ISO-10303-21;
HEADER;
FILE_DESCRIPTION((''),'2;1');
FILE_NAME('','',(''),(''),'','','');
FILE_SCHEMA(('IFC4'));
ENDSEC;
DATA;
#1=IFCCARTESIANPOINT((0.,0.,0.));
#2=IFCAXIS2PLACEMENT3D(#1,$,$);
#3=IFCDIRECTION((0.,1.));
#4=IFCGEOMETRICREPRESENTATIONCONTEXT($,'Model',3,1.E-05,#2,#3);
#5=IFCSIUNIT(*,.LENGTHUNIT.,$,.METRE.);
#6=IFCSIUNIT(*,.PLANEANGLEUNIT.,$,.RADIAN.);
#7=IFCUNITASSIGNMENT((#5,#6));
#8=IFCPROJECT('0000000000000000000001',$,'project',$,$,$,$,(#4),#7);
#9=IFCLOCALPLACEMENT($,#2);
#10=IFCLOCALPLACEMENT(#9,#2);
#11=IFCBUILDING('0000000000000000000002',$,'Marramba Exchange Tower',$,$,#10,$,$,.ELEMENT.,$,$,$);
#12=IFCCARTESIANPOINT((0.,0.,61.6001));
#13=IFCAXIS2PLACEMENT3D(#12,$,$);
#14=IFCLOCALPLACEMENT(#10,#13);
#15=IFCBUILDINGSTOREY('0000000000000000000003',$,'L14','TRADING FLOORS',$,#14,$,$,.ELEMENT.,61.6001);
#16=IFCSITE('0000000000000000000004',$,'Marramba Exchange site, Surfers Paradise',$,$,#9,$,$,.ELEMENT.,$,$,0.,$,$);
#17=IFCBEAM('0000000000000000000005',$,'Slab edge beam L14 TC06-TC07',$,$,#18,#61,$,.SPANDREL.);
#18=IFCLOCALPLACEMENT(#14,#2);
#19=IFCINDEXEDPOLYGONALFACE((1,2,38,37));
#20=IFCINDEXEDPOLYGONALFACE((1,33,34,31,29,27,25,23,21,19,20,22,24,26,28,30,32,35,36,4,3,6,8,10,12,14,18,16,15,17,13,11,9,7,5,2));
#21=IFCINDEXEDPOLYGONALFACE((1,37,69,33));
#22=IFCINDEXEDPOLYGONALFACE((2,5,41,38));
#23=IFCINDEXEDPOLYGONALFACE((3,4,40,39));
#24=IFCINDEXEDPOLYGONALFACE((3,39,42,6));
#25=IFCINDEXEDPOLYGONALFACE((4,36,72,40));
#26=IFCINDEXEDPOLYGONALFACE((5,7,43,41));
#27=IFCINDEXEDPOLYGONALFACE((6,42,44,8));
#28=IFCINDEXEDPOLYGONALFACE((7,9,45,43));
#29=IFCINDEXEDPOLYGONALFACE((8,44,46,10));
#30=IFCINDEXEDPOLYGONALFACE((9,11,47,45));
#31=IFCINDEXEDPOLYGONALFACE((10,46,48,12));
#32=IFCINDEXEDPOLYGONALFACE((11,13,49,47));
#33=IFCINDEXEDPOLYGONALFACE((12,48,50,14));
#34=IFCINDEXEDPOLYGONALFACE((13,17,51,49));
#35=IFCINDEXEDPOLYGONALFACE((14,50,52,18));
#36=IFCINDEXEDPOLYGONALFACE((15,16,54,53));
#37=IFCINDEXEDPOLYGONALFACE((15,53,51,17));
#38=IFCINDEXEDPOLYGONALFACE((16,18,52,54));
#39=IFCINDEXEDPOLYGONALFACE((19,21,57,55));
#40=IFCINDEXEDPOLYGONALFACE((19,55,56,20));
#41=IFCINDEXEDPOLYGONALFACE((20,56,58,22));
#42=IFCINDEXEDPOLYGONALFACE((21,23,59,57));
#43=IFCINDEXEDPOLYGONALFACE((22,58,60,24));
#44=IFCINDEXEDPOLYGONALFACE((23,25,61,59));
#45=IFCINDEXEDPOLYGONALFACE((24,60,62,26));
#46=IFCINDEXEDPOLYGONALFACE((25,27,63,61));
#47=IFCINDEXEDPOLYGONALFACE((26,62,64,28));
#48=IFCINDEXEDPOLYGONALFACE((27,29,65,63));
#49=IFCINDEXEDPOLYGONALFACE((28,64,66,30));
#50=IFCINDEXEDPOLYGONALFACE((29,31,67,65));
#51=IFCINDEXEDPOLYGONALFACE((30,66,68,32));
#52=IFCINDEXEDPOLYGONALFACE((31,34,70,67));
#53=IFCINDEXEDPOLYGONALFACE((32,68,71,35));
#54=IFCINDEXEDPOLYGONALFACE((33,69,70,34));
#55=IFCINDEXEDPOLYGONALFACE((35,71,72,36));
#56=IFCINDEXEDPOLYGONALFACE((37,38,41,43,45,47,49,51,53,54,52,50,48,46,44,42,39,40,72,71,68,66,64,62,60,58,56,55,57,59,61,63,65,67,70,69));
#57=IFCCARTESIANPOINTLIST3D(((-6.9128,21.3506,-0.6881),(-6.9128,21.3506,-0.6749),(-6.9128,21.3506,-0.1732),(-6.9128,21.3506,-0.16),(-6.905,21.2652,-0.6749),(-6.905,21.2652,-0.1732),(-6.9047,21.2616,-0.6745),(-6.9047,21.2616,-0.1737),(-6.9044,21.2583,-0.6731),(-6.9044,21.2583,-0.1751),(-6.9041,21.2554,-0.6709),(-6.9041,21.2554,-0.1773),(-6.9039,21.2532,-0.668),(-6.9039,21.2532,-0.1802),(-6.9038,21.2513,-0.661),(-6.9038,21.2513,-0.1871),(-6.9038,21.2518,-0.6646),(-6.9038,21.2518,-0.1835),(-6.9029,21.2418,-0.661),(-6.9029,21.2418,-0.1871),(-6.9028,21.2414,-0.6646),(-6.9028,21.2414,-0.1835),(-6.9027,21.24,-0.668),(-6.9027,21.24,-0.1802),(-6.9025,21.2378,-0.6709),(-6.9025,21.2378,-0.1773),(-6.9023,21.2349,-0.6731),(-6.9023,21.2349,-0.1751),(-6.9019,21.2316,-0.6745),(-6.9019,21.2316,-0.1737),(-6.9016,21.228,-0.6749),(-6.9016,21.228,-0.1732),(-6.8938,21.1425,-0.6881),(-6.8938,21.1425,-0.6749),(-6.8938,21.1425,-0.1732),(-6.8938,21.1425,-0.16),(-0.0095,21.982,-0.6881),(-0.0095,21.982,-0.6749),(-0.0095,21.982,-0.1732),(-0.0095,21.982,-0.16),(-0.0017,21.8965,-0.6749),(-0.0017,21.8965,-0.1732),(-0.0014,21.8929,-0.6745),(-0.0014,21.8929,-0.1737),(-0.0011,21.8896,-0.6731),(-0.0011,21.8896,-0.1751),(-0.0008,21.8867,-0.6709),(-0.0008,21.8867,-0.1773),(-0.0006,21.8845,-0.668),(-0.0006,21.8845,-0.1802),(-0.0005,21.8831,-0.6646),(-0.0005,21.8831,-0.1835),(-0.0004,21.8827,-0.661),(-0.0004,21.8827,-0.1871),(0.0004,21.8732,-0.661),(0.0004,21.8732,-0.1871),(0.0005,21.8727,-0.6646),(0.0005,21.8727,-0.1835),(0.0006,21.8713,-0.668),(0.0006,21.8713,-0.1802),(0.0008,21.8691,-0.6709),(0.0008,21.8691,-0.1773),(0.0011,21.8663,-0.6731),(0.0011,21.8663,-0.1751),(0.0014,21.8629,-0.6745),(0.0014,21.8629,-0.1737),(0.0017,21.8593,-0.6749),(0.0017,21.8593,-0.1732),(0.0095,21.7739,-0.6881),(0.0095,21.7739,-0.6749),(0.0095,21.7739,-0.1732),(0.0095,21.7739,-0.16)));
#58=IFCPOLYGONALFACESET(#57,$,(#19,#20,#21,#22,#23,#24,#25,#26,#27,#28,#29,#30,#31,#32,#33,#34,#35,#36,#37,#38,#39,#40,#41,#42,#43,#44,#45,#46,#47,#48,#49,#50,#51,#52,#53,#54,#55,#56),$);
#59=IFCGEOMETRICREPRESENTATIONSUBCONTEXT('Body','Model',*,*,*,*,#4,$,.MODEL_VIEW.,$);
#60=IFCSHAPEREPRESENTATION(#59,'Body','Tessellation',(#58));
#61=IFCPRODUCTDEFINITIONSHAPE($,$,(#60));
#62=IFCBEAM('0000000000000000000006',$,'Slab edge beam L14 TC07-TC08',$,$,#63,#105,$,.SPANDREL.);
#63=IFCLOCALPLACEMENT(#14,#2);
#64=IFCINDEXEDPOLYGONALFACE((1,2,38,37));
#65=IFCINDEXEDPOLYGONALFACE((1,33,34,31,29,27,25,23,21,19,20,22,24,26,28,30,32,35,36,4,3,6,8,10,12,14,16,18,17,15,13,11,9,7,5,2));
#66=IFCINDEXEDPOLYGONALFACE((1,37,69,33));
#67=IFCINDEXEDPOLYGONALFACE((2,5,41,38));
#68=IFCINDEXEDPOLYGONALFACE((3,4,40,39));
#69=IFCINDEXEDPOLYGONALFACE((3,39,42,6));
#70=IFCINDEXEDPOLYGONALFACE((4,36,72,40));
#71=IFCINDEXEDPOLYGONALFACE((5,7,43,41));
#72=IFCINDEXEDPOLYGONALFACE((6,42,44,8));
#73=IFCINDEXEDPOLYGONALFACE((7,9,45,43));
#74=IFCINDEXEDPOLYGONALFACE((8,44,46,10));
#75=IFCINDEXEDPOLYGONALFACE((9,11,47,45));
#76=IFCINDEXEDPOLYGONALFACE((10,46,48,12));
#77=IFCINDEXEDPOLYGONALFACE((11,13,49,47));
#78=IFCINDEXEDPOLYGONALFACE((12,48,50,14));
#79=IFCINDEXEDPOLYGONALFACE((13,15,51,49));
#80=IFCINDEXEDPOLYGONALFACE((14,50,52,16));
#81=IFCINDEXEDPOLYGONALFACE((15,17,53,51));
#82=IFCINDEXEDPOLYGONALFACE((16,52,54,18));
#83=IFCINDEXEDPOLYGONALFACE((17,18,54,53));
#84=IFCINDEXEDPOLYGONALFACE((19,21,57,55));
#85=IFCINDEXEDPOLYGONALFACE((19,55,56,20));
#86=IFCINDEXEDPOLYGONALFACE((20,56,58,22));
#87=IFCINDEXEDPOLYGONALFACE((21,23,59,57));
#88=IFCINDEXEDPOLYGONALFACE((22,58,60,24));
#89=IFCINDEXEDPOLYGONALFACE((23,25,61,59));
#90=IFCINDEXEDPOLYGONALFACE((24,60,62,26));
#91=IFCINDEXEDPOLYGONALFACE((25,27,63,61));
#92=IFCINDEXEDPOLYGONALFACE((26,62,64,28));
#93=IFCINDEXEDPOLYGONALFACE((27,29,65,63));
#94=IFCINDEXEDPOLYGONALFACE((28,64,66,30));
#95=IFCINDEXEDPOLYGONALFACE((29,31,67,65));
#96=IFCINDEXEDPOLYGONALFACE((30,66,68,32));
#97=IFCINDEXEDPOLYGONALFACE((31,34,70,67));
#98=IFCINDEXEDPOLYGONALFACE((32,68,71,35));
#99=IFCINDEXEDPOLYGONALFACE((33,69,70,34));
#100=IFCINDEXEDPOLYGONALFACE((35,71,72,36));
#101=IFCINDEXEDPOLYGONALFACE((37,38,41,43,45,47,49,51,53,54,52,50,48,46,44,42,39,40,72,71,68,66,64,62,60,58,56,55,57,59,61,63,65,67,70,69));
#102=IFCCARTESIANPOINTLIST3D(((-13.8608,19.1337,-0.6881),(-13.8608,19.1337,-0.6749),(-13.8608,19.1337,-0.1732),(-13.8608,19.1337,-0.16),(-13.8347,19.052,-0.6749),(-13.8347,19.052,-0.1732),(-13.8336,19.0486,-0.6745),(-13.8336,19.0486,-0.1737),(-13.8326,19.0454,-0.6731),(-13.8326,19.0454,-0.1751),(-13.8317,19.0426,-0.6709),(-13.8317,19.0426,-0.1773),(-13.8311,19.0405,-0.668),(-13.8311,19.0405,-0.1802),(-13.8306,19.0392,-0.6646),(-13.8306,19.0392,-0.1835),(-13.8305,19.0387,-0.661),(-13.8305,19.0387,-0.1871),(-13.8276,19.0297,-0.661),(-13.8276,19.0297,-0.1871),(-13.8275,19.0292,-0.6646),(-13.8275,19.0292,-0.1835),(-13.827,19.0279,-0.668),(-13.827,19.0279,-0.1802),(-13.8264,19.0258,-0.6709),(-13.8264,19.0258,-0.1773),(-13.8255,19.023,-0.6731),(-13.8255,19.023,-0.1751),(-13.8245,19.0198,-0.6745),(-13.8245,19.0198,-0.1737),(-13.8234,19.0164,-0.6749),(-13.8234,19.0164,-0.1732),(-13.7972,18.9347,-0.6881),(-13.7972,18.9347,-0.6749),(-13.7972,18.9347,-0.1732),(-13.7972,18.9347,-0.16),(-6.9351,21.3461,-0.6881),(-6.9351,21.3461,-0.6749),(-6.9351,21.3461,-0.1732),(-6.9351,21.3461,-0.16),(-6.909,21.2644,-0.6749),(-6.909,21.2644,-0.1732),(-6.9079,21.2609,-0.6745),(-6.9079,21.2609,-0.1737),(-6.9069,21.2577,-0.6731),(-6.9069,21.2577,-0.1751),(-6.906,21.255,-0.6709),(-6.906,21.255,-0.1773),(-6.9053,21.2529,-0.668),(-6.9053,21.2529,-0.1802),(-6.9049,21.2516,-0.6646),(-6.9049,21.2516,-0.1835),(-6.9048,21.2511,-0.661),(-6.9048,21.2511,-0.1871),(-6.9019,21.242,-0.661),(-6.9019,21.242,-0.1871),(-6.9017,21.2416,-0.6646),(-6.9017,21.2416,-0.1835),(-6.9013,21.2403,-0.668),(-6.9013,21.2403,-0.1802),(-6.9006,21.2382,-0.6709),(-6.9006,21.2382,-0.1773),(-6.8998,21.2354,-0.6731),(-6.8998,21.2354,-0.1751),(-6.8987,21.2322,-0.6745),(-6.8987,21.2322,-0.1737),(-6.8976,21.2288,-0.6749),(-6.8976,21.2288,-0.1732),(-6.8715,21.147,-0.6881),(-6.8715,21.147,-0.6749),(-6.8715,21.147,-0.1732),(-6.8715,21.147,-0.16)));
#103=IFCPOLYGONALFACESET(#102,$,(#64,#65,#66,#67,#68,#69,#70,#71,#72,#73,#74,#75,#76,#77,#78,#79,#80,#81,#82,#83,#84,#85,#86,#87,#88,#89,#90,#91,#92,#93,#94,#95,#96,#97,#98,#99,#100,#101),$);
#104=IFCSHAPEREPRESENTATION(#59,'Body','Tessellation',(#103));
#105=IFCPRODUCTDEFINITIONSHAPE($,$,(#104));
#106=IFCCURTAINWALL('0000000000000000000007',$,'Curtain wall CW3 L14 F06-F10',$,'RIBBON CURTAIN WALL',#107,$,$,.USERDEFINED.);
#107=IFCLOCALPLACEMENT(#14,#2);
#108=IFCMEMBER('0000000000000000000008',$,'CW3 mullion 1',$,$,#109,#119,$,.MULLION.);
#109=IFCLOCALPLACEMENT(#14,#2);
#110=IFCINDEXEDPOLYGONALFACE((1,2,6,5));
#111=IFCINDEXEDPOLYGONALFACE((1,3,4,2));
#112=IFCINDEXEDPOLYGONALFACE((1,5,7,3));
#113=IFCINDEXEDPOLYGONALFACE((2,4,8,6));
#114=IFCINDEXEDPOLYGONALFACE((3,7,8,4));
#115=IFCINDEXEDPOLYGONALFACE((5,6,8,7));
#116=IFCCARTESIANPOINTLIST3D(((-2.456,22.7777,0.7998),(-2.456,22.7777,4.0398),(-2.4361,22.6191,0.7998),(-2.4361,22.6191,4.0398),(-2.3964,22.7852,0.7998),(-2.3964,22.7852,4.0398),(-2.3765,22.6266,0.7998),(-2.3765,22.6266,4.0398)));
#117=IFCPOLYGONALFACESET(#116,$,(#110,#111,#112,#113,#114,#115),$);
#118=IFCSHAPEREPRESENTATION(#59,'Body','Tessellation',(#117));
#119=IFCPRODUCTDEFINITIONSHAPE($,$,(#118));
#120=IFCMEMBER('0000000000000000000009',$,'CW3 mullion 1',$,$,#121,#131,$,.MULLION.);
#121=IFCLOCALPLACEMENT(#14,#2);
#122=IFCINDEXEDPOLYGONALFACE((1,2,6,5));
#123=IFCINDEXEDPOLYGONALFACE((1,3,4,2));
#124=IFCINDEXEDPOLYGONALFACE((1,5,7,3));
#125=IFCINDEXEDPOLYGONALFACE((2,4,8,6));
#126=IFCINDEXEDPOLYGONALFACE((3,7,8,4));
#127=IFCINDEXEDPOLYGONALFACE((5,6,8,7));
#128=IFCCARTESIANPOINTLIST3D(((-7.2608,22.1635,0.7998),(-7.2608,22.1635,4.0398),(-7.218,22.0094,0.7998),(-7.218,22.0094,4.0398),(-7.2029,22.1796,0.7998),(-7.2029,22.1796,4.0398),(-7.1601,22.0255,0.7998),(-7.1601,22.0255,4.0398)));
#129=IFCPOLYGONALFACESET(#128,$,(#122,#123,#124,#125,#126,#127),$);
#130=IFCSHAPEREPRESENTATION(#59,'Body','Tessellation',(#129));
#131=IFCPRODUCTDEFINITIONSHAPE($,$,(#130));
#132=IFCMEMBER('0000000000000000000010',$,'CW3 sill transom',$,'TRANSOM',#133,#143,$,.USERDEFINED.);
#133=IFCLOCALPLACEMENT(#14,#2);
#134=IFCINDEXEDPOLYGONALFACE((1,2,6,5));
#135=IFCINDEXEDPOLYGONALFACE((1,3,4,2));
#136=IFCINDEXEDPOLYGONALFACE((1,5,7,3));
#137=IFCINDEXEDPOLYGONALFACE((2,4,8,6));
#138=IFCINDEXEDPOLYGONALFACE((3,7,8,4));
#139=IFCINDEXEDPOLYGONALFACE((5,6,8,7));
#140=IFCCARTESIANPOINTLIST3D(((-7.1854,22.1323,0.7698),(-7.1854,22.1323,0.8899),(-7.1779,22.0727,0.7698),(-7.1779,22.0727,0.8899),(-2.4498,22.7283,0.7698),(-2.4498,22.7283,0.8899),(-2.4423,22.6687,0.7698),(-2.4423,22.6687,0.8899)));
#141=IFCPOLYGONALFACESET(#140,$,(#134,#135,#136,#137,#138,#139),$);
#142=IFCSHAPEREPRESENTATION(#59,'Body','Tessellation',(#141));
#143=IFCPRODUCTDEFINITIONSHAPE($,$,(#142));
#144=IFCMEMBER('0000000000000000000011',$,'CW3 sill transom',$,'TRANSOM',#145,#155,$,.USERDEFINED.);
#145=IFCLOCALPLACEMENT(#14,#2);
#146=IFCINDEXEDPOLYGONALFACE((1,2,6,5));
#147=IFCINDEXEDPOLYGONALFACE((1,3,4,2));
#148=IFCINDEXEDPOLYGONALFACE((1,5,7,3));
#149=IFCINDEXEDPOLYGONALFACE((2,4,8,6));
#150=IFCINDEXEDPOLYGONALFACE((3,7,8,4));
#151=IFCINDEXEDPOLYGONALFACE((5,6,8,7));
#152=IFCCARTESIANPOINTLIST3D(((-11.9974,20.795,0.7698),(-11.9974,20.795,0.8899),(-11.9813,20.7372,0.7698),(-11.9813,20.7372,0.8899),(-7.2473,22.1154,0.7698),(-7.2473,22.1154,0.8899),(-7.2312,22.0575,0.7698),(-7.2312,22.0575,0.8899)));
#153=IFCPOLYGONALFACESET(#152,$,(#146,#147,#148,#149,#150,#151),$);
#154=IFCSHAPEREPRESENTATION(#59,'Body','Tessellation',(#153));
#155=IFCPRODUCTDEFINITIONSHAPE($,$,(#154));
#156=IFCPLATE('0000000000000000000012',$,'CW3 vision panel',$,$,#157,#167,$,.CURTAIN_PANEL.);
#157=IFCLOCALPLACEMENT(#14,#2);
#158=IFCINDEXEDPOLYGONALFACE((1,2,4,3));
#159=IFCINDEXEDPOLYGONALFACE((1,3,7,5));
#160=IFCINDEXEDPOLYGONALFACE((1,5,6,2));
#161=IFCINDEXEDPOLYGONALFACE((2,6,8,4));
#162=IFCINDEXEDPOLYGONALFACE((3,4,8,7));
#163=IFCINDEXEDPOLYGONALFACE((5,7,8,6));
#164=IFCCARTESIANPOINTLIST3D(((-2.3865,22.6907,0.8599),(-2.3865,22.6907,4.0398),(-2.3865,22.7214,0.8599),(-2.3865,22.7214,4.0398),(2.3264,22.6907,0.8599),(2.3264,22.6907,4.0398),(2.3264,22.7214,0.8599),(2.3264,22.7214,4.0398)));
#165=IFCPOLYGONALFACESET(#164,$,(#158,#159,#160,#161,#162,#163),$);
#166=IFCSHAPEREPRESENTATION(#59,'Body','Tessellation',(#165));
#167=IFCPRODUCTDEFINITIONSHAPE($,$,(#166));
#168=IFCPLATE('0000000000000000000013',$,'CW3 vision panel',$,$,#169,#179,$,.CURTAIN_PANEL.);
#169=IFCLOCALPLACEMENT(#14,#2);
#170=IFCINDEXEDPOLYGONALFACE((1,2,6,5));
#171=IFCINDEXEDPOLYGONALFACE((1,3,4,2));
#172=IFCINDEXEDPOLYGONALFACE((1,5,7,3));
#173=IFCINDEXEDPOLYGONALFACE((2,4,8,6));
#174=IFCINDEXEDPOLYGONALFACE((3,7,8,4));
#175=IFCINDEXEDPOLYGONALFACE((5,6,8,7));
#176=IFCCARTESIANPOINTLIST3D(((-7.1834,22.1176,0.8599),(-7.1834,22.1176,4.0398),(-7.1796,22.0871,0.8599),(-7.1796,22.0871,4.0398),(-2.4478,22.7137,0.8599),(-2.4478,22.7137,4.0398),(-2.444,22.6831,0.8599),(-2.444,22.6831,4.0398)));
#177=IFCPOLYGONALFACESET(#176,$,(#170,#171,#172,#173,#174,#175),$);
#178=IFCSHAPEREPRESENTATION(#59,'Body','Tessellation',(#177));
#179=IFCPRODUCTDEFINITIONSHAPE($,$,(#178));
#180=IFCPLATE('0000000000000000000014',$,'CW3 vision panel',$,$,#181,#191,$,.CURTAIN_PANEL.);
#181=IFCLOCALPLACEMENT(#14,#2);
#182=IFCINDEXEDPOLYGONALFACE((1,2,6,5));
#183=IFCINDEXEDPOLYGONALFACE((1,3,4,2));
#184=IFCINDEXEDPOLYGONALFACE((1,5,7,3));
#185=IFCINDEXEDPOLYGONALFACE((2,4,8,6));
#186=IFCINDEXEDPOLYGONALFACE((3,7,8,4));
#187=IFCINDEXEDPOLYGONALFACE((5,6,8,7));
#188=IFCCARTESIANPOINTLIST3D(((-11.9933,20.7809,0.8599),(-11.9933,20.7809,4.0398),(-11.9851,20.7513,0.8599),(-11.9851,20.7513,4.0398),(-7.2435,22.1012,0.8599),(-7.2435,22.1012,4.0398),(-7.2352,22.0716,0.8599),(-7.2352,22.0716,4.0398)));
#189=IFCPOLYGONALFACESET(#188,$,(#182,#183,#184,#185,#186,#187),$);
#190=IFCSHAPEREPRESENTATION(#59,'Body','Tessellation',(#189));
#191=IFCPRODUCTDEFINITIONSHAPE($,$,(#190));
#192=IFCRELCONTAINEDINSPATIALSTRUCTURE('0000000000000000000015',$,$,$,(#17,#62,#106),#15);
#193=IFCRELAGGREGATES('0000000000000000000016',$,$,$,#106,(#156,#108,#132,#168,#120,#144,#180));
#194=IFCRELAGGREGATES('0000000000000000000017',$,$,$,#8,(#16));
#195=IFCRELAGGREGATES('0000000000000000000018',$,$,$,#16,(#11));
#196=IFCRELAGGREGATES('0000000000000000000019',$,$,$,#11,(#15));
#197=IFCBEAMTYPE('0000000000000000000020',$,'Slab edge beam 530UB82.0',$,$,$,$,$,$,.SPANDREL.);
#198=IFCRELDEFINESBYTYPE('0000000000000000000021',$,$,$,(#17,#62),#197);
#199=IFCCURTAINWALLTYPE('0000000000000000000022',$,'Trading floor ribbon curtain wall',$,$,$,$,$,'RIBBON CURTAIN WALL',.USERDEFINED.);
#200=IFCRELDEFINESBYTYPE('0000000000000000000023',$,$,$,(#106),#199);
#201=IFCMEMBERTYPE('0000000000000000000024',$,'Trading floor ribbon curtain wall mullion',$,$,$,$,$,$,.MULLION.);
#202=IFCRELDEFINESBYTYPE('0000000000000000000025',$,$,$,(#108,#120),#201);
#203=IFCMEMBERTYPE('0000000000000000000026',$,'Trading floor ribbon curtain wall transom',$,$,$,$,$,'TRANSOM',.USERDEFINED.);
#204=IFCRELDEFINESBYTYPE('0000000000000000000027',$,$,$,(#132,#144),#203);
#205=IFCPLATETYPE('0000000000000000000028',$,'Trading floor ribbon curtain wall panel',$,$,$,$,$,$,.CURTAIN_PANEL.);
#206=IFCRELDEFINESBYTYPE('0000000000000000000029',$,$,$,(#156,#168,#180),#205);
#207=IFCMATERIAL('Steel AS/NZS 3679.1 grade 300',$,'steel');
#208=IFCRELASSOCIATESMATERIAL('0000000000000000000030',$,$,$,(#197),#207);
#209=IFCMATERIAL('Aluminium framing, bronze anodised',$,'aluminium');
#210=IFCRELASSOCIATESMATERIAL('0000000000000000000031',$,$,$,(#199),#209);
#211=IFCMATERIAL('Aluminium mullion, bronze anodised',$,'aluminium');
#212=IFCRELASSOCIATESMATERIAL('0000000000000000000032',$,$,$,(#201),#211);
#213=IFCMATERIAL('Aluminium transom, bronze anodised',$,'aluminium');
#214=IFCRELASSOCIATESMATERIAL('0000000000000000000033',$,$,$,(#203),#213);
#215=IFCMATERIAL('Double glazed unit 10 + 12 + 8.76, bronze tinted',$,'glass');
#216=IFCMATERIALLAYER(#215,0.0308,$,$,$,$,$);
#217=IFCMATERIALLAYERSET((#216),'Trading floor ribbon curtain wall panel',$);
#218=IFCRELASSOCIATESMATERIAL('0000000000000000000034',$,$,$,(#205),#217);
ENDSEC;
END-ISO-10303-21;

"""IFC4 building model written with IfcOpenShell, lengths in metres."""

from ifc_helpers import new_model, si_unit, direction, frame, origin, origin_2d, place, context, subcontext, project, spatial, rectangle, i_section, extrude, material, layer, layer_set, material_profile, profile_set, type_object, element, aggregate, save


model = new_model("IFC4")

# Units and contexts
model_context = context("Model", 3, precision=1e-05, world=origin(), true_north=direction((0.0, 1.0)))
body_context = subcontext(model_context, "Body", "Model", "MODEL_VIEW")
ifc_project = project(units=[si_unit("LENGTHUNIT", "METRE"), si_unit("PLANEANGLEUNIT", "RADIAN")], contexts=[model_context])

# Site, building, storey
site_placement = place(None, origin())
site = spatial("IfcSite", under=ifc_project, at=site_placement, Name="Marramba Exchange site, Surfers Paradise", CompositionType="ELEMENT", RefElevation=0.0)
building_placement = place(site_placement, origin())
building = spatial("IfcBuilding", under=site, at=building_placement, Name="Marramba Exchange Tower", CompositionType="ELEMENT")
storey_placement = place(building_placement, frame((0.0, 0.0, 61.6001)))
storey = spatial("IfcBuildingStorey", under=building, at=storey_placement, Name="L14", Description="TRADING FLOORS", CompositionType="ELEMENT", Elevation=61.6001)

# Beams
ifc_material_1 = material(Name="Steel AS/NZS 3679.1 grade 300", Category="steel")
ifc_material_profile_1 = material_profile(ifc_material_1, i_section(OverallWidth=0.209, OverallDepth=0.5281, WebThickness=0.0095, FlangeThickness=0.0132, FilletRadius=0.0139, at=origin_2d()), Name="530UB82.0")
ifc_profile_set_1 = profile_set([ifc_material_profile_1], Name="Steel AS/NZS 3679.1 grade 300")
beam_type_1 = type_object("IfcBeamType", Name="Slab edge beam 530UB82.0", PredefinedType="SPANDREL", material=ifc_profile_set_1)
beam_1_placement = place(storey_placement, frame((0.0, 21.8779, -0.4241), z_axis=(-0.995844, -0.091076, 0.0), x_axis=(0.091076, -0.995844, 0.0)))
element("IfcBeam", 1, at=beam_1_placement, inside=storey, type_object=beam_type_1, Name="Slab edge beam L14 TC06-TC07", PredefinedType="SPANDREL", context=body_context, shape_type="SweptSolid", body=[
    extrude(i_section(OverallWidth=0.209, OverallDepth=0.5281, WebThickness=0.0095, FlangeThickness=0.0132, FilletRadius=0.0139, at=origin_2d()), origin(), (0.0, 0.0, 1.0), 6.9321),
])
beam_2_placement = place(storey_placement, frame((-6.9033, 21.2466, -0.4241), z_axis=(-0.952578, -0.304296, 0.0), x_axis=(0.304296, -0.952578, 0.0)))
element("IfcBeam", 2, at=beam_2_placement, inside=storey, type_object=beam_type_1, Name="Slab edge beam L14 TC07-TC08", PredefinedType="SPANDREL", context=body_context, shape_type="SweptSolid", body=[
    extrude(i_section(OverallWidth=0.209, OverallDepth=0.5281, WebThickness=0.0095, FlangeThickness=0.0132, FilletRadius=0.0139, at=origin_2d()), origin(), (0.0, 0.0, 1.0), 7.2705),
])

# Curtain wall, members, plates
ifc_material_2 = material(Name="Aluminium framing, bronze anodised", Category="aluminium")
curtain_wall_type = type_object("IfcCurtainWallType", Name="Trading floor ribbon curtain wall", ElementType="RIBBON CURTAIN WALL", PredefinedType="USERDEFINED", material=ifc_material_2)
curtain_wall_placement = place(storey_placement, origin())
curtain_wall = element("IfcCurtainWall", 3, at=curtain_wall_placement, inside=storey, type_object=curtain_wall_type, Name="Curtain wall CW3 L14 F06-F10", ObjectType="RIBBON CURTAIN WALL", PredefinedType="USERDEFINED")
ifc_material_3 = material(Name="Aluminium mullion, bronze anodised", Category="aluminium")
ifc_material_profile_2 = material_profile(ifc_material_3, rectangle(XDim=0.1599, YDim=0.0601, at=origin_2d()), Name="CW3 mullion 60x160")
ifc_profile_set_2 = profile_set([ifc_material_profile_2], Name="Aluminium mullion, bronze anodised")
member_type_1 = type_object("IfcMemberType", Name="Trading floor ribbon curtain wall mullion", PredefinedType="MULLION", material=ifc_profile_set_2)
member_1_placement = place(storey_placement, frame((-2.4163, 22.7021, 0.7998), z_axis=(0.0, 0.0, 1.0), x_axis=(0.124873, -0.992173, 0.0)))
member_1 = element("IfcMember", 4, at=member_1_placement, type_object=member_type_1, Name="CW3 mullion 1", PredefinedType="MULLION", context=body_context, shape_type="SweptSolid", body=[
    extrude(rectangle(XDim=0.1599, YDim=0.0601, at=origin_2d()), origin(), (0.0, 0.0, 1.0), 3.24),
])
member_2_placement = place(storey_placement, frame((-7.2104, 22.0945, 0.7998), z_axis=(0.0, 0.0, 1.0), x_axis=(0.267809, -0.963472, 0.0)))
member_2 = element("IfcMember", 5, at=member_2_placement, type_object=member_type_1, Name="CW3 mullion 1", PredefinedType="MULLION", context=body_context, shape_type="SweptSolid", body=[
    extrude(rectangle(XDim=0.1599, YDim=0.0601, at=origin_2d()), origin(), (0.0, 0.0, 1.0), 3.24),
])
ifc_material_4 = material(Name="Aluminium transom, bronze anodised", Category="aluminium")
ifc_material_profile_3 = material_profile(ifc_material_4, rectangle(XDim=0.0601, YDim=0.1201, at=origin_2d()), Name="CW3 transom 60x120")
ifc_profile_set_3 = profile_set([ifc_material_profile_3], Name="Aluminium transom, bronze anodised")
member_type_2 = type_object("IfcMemberType", Name="Trading floor ribbon curtain wall transom", ElementType="TRANSOM", PredefinedType="USERDEFINED", material=ifc_profile_set_3)
member_3_placement = place(storey_placement, frame((-2.446, 22.6985, 0.8298), z_axis=(-0.992174, -0.124859, 0.0), x_axis=(0.124859, -0.992174, 0.0)))
member_3 = element("IfcMember", 6, at=member_3_placement, type_object=member_type_2, Name="CW3 sill transom", ObjectType="TRANSOM", PredefinedType="USERDEFINED", context=body_context, shape_type="SweptSolid", body=[
    extrude(rectangle(XDim=0.0601, YDim=0.1201, at=origin_2d()), origin(), (0.0, 0.0, 1.0), 4.7729),
])
member_4_placement = place(storey_placement, frame((-7.2393, 22.0864, 0.8298), z_axis=(-0.963472, -0.267807, 0.0), x_axis=(0.267807, -0.963472, 0.0)))
member_4 = element("IfcMember", 7, at=member_4_placement, type_object=member_type_2, Name="CW3 sill transom", ObjectType="TRANSOM", PredefinedType="USERDEFINED", context=body_context, shape_type="SweptSolid", body=[
    extrude(rectangle(XDim=0.0601, YDim=0.1201, at=origin_2d()), origin(), (0.0, 0.0, 1.0), 4.9302),
])
ifc_material_5 = material(Name="Double glazed unit 10 + 12 + 8.76, bronze tinted", Category="glass")
ifc_layer_1 = layer(ifc_material_5, 0.0308)
ifc_layer_set_1 = layer_set([ifc_layer_1], Name="Trading floor ribbon curtain wall panel")
plate_type = type_object("IfcPlateType", Name="Trading floor ribbon curtain wall panel", PredefinedType="CURTAIN_PANEL", material=ifc_layer_set_1)
plate_1_placement = place(storey_placement, frame((-0.03, 22.7061, 0.8599), z_axis=(0.0, 0.0, 1.0), x_axis=(-1.0, 0.0, 0.0)))
plate_1 = element("IfcPlate", 8, at=plate_1_placement, type_object=plate_type, Name="CW3 vision panel", PredefinedType="CURTAIN_PANEL", context=body_context, shape_type="SweptSolid", body=[
    extrude(rectangle(XDim=4.7129, YDim=0.0308, at=origin_2d()), origin(), (0.0, 0.0, 1.0), 3.1799),
])
plate_2_placement = place(storey_placement, frame((-4.8137, 22.4004, 0.8599), z_axis=(0.0, 0.0, 1.0), x_axis=(-0.992173, -0.124873, 0.0)))
plate_2 = element("IfcPlate", 9, at=plate_2_placement, type_object=plate_type, Name="CW3 vision panel", PredefinedType="CURTAIN_PANEL", context=body_context, shape_type="SweptSolid", body=[
    extrude(rectangle(XDim=4.7729, YDim=0.0308, at=origin_2d()), origin(), (0.0, 0.0, 1.0), 3.1799),
])
plate_3_placement = place(storey_placement, frame((-9.6143, 21.4263, 0.8599), z_axis=(0.0, 0.0, 1.0), x_axis=(-0.963472, -0.267809, 0.0)))
plate_3 = element("IfcPlate", 10, at=plate_3_placement, type_object=plate_type, Name="CW3 vision panel", PredefinedType="CURTAIN_PANEL", context=body_context, shape_type="SweptSolid", body=[
    extrude(rectangle(XDim=4.9299, YDim=0.0308, at=origin_2d()), origin(), (0.0, 0.0, 1.0), 3.1799),
])
aggregate(curtain_wall, [plate_1, member_1, member_3, plate_2, member_2, member_4, plate_3])

save(model, "model.ifc")
